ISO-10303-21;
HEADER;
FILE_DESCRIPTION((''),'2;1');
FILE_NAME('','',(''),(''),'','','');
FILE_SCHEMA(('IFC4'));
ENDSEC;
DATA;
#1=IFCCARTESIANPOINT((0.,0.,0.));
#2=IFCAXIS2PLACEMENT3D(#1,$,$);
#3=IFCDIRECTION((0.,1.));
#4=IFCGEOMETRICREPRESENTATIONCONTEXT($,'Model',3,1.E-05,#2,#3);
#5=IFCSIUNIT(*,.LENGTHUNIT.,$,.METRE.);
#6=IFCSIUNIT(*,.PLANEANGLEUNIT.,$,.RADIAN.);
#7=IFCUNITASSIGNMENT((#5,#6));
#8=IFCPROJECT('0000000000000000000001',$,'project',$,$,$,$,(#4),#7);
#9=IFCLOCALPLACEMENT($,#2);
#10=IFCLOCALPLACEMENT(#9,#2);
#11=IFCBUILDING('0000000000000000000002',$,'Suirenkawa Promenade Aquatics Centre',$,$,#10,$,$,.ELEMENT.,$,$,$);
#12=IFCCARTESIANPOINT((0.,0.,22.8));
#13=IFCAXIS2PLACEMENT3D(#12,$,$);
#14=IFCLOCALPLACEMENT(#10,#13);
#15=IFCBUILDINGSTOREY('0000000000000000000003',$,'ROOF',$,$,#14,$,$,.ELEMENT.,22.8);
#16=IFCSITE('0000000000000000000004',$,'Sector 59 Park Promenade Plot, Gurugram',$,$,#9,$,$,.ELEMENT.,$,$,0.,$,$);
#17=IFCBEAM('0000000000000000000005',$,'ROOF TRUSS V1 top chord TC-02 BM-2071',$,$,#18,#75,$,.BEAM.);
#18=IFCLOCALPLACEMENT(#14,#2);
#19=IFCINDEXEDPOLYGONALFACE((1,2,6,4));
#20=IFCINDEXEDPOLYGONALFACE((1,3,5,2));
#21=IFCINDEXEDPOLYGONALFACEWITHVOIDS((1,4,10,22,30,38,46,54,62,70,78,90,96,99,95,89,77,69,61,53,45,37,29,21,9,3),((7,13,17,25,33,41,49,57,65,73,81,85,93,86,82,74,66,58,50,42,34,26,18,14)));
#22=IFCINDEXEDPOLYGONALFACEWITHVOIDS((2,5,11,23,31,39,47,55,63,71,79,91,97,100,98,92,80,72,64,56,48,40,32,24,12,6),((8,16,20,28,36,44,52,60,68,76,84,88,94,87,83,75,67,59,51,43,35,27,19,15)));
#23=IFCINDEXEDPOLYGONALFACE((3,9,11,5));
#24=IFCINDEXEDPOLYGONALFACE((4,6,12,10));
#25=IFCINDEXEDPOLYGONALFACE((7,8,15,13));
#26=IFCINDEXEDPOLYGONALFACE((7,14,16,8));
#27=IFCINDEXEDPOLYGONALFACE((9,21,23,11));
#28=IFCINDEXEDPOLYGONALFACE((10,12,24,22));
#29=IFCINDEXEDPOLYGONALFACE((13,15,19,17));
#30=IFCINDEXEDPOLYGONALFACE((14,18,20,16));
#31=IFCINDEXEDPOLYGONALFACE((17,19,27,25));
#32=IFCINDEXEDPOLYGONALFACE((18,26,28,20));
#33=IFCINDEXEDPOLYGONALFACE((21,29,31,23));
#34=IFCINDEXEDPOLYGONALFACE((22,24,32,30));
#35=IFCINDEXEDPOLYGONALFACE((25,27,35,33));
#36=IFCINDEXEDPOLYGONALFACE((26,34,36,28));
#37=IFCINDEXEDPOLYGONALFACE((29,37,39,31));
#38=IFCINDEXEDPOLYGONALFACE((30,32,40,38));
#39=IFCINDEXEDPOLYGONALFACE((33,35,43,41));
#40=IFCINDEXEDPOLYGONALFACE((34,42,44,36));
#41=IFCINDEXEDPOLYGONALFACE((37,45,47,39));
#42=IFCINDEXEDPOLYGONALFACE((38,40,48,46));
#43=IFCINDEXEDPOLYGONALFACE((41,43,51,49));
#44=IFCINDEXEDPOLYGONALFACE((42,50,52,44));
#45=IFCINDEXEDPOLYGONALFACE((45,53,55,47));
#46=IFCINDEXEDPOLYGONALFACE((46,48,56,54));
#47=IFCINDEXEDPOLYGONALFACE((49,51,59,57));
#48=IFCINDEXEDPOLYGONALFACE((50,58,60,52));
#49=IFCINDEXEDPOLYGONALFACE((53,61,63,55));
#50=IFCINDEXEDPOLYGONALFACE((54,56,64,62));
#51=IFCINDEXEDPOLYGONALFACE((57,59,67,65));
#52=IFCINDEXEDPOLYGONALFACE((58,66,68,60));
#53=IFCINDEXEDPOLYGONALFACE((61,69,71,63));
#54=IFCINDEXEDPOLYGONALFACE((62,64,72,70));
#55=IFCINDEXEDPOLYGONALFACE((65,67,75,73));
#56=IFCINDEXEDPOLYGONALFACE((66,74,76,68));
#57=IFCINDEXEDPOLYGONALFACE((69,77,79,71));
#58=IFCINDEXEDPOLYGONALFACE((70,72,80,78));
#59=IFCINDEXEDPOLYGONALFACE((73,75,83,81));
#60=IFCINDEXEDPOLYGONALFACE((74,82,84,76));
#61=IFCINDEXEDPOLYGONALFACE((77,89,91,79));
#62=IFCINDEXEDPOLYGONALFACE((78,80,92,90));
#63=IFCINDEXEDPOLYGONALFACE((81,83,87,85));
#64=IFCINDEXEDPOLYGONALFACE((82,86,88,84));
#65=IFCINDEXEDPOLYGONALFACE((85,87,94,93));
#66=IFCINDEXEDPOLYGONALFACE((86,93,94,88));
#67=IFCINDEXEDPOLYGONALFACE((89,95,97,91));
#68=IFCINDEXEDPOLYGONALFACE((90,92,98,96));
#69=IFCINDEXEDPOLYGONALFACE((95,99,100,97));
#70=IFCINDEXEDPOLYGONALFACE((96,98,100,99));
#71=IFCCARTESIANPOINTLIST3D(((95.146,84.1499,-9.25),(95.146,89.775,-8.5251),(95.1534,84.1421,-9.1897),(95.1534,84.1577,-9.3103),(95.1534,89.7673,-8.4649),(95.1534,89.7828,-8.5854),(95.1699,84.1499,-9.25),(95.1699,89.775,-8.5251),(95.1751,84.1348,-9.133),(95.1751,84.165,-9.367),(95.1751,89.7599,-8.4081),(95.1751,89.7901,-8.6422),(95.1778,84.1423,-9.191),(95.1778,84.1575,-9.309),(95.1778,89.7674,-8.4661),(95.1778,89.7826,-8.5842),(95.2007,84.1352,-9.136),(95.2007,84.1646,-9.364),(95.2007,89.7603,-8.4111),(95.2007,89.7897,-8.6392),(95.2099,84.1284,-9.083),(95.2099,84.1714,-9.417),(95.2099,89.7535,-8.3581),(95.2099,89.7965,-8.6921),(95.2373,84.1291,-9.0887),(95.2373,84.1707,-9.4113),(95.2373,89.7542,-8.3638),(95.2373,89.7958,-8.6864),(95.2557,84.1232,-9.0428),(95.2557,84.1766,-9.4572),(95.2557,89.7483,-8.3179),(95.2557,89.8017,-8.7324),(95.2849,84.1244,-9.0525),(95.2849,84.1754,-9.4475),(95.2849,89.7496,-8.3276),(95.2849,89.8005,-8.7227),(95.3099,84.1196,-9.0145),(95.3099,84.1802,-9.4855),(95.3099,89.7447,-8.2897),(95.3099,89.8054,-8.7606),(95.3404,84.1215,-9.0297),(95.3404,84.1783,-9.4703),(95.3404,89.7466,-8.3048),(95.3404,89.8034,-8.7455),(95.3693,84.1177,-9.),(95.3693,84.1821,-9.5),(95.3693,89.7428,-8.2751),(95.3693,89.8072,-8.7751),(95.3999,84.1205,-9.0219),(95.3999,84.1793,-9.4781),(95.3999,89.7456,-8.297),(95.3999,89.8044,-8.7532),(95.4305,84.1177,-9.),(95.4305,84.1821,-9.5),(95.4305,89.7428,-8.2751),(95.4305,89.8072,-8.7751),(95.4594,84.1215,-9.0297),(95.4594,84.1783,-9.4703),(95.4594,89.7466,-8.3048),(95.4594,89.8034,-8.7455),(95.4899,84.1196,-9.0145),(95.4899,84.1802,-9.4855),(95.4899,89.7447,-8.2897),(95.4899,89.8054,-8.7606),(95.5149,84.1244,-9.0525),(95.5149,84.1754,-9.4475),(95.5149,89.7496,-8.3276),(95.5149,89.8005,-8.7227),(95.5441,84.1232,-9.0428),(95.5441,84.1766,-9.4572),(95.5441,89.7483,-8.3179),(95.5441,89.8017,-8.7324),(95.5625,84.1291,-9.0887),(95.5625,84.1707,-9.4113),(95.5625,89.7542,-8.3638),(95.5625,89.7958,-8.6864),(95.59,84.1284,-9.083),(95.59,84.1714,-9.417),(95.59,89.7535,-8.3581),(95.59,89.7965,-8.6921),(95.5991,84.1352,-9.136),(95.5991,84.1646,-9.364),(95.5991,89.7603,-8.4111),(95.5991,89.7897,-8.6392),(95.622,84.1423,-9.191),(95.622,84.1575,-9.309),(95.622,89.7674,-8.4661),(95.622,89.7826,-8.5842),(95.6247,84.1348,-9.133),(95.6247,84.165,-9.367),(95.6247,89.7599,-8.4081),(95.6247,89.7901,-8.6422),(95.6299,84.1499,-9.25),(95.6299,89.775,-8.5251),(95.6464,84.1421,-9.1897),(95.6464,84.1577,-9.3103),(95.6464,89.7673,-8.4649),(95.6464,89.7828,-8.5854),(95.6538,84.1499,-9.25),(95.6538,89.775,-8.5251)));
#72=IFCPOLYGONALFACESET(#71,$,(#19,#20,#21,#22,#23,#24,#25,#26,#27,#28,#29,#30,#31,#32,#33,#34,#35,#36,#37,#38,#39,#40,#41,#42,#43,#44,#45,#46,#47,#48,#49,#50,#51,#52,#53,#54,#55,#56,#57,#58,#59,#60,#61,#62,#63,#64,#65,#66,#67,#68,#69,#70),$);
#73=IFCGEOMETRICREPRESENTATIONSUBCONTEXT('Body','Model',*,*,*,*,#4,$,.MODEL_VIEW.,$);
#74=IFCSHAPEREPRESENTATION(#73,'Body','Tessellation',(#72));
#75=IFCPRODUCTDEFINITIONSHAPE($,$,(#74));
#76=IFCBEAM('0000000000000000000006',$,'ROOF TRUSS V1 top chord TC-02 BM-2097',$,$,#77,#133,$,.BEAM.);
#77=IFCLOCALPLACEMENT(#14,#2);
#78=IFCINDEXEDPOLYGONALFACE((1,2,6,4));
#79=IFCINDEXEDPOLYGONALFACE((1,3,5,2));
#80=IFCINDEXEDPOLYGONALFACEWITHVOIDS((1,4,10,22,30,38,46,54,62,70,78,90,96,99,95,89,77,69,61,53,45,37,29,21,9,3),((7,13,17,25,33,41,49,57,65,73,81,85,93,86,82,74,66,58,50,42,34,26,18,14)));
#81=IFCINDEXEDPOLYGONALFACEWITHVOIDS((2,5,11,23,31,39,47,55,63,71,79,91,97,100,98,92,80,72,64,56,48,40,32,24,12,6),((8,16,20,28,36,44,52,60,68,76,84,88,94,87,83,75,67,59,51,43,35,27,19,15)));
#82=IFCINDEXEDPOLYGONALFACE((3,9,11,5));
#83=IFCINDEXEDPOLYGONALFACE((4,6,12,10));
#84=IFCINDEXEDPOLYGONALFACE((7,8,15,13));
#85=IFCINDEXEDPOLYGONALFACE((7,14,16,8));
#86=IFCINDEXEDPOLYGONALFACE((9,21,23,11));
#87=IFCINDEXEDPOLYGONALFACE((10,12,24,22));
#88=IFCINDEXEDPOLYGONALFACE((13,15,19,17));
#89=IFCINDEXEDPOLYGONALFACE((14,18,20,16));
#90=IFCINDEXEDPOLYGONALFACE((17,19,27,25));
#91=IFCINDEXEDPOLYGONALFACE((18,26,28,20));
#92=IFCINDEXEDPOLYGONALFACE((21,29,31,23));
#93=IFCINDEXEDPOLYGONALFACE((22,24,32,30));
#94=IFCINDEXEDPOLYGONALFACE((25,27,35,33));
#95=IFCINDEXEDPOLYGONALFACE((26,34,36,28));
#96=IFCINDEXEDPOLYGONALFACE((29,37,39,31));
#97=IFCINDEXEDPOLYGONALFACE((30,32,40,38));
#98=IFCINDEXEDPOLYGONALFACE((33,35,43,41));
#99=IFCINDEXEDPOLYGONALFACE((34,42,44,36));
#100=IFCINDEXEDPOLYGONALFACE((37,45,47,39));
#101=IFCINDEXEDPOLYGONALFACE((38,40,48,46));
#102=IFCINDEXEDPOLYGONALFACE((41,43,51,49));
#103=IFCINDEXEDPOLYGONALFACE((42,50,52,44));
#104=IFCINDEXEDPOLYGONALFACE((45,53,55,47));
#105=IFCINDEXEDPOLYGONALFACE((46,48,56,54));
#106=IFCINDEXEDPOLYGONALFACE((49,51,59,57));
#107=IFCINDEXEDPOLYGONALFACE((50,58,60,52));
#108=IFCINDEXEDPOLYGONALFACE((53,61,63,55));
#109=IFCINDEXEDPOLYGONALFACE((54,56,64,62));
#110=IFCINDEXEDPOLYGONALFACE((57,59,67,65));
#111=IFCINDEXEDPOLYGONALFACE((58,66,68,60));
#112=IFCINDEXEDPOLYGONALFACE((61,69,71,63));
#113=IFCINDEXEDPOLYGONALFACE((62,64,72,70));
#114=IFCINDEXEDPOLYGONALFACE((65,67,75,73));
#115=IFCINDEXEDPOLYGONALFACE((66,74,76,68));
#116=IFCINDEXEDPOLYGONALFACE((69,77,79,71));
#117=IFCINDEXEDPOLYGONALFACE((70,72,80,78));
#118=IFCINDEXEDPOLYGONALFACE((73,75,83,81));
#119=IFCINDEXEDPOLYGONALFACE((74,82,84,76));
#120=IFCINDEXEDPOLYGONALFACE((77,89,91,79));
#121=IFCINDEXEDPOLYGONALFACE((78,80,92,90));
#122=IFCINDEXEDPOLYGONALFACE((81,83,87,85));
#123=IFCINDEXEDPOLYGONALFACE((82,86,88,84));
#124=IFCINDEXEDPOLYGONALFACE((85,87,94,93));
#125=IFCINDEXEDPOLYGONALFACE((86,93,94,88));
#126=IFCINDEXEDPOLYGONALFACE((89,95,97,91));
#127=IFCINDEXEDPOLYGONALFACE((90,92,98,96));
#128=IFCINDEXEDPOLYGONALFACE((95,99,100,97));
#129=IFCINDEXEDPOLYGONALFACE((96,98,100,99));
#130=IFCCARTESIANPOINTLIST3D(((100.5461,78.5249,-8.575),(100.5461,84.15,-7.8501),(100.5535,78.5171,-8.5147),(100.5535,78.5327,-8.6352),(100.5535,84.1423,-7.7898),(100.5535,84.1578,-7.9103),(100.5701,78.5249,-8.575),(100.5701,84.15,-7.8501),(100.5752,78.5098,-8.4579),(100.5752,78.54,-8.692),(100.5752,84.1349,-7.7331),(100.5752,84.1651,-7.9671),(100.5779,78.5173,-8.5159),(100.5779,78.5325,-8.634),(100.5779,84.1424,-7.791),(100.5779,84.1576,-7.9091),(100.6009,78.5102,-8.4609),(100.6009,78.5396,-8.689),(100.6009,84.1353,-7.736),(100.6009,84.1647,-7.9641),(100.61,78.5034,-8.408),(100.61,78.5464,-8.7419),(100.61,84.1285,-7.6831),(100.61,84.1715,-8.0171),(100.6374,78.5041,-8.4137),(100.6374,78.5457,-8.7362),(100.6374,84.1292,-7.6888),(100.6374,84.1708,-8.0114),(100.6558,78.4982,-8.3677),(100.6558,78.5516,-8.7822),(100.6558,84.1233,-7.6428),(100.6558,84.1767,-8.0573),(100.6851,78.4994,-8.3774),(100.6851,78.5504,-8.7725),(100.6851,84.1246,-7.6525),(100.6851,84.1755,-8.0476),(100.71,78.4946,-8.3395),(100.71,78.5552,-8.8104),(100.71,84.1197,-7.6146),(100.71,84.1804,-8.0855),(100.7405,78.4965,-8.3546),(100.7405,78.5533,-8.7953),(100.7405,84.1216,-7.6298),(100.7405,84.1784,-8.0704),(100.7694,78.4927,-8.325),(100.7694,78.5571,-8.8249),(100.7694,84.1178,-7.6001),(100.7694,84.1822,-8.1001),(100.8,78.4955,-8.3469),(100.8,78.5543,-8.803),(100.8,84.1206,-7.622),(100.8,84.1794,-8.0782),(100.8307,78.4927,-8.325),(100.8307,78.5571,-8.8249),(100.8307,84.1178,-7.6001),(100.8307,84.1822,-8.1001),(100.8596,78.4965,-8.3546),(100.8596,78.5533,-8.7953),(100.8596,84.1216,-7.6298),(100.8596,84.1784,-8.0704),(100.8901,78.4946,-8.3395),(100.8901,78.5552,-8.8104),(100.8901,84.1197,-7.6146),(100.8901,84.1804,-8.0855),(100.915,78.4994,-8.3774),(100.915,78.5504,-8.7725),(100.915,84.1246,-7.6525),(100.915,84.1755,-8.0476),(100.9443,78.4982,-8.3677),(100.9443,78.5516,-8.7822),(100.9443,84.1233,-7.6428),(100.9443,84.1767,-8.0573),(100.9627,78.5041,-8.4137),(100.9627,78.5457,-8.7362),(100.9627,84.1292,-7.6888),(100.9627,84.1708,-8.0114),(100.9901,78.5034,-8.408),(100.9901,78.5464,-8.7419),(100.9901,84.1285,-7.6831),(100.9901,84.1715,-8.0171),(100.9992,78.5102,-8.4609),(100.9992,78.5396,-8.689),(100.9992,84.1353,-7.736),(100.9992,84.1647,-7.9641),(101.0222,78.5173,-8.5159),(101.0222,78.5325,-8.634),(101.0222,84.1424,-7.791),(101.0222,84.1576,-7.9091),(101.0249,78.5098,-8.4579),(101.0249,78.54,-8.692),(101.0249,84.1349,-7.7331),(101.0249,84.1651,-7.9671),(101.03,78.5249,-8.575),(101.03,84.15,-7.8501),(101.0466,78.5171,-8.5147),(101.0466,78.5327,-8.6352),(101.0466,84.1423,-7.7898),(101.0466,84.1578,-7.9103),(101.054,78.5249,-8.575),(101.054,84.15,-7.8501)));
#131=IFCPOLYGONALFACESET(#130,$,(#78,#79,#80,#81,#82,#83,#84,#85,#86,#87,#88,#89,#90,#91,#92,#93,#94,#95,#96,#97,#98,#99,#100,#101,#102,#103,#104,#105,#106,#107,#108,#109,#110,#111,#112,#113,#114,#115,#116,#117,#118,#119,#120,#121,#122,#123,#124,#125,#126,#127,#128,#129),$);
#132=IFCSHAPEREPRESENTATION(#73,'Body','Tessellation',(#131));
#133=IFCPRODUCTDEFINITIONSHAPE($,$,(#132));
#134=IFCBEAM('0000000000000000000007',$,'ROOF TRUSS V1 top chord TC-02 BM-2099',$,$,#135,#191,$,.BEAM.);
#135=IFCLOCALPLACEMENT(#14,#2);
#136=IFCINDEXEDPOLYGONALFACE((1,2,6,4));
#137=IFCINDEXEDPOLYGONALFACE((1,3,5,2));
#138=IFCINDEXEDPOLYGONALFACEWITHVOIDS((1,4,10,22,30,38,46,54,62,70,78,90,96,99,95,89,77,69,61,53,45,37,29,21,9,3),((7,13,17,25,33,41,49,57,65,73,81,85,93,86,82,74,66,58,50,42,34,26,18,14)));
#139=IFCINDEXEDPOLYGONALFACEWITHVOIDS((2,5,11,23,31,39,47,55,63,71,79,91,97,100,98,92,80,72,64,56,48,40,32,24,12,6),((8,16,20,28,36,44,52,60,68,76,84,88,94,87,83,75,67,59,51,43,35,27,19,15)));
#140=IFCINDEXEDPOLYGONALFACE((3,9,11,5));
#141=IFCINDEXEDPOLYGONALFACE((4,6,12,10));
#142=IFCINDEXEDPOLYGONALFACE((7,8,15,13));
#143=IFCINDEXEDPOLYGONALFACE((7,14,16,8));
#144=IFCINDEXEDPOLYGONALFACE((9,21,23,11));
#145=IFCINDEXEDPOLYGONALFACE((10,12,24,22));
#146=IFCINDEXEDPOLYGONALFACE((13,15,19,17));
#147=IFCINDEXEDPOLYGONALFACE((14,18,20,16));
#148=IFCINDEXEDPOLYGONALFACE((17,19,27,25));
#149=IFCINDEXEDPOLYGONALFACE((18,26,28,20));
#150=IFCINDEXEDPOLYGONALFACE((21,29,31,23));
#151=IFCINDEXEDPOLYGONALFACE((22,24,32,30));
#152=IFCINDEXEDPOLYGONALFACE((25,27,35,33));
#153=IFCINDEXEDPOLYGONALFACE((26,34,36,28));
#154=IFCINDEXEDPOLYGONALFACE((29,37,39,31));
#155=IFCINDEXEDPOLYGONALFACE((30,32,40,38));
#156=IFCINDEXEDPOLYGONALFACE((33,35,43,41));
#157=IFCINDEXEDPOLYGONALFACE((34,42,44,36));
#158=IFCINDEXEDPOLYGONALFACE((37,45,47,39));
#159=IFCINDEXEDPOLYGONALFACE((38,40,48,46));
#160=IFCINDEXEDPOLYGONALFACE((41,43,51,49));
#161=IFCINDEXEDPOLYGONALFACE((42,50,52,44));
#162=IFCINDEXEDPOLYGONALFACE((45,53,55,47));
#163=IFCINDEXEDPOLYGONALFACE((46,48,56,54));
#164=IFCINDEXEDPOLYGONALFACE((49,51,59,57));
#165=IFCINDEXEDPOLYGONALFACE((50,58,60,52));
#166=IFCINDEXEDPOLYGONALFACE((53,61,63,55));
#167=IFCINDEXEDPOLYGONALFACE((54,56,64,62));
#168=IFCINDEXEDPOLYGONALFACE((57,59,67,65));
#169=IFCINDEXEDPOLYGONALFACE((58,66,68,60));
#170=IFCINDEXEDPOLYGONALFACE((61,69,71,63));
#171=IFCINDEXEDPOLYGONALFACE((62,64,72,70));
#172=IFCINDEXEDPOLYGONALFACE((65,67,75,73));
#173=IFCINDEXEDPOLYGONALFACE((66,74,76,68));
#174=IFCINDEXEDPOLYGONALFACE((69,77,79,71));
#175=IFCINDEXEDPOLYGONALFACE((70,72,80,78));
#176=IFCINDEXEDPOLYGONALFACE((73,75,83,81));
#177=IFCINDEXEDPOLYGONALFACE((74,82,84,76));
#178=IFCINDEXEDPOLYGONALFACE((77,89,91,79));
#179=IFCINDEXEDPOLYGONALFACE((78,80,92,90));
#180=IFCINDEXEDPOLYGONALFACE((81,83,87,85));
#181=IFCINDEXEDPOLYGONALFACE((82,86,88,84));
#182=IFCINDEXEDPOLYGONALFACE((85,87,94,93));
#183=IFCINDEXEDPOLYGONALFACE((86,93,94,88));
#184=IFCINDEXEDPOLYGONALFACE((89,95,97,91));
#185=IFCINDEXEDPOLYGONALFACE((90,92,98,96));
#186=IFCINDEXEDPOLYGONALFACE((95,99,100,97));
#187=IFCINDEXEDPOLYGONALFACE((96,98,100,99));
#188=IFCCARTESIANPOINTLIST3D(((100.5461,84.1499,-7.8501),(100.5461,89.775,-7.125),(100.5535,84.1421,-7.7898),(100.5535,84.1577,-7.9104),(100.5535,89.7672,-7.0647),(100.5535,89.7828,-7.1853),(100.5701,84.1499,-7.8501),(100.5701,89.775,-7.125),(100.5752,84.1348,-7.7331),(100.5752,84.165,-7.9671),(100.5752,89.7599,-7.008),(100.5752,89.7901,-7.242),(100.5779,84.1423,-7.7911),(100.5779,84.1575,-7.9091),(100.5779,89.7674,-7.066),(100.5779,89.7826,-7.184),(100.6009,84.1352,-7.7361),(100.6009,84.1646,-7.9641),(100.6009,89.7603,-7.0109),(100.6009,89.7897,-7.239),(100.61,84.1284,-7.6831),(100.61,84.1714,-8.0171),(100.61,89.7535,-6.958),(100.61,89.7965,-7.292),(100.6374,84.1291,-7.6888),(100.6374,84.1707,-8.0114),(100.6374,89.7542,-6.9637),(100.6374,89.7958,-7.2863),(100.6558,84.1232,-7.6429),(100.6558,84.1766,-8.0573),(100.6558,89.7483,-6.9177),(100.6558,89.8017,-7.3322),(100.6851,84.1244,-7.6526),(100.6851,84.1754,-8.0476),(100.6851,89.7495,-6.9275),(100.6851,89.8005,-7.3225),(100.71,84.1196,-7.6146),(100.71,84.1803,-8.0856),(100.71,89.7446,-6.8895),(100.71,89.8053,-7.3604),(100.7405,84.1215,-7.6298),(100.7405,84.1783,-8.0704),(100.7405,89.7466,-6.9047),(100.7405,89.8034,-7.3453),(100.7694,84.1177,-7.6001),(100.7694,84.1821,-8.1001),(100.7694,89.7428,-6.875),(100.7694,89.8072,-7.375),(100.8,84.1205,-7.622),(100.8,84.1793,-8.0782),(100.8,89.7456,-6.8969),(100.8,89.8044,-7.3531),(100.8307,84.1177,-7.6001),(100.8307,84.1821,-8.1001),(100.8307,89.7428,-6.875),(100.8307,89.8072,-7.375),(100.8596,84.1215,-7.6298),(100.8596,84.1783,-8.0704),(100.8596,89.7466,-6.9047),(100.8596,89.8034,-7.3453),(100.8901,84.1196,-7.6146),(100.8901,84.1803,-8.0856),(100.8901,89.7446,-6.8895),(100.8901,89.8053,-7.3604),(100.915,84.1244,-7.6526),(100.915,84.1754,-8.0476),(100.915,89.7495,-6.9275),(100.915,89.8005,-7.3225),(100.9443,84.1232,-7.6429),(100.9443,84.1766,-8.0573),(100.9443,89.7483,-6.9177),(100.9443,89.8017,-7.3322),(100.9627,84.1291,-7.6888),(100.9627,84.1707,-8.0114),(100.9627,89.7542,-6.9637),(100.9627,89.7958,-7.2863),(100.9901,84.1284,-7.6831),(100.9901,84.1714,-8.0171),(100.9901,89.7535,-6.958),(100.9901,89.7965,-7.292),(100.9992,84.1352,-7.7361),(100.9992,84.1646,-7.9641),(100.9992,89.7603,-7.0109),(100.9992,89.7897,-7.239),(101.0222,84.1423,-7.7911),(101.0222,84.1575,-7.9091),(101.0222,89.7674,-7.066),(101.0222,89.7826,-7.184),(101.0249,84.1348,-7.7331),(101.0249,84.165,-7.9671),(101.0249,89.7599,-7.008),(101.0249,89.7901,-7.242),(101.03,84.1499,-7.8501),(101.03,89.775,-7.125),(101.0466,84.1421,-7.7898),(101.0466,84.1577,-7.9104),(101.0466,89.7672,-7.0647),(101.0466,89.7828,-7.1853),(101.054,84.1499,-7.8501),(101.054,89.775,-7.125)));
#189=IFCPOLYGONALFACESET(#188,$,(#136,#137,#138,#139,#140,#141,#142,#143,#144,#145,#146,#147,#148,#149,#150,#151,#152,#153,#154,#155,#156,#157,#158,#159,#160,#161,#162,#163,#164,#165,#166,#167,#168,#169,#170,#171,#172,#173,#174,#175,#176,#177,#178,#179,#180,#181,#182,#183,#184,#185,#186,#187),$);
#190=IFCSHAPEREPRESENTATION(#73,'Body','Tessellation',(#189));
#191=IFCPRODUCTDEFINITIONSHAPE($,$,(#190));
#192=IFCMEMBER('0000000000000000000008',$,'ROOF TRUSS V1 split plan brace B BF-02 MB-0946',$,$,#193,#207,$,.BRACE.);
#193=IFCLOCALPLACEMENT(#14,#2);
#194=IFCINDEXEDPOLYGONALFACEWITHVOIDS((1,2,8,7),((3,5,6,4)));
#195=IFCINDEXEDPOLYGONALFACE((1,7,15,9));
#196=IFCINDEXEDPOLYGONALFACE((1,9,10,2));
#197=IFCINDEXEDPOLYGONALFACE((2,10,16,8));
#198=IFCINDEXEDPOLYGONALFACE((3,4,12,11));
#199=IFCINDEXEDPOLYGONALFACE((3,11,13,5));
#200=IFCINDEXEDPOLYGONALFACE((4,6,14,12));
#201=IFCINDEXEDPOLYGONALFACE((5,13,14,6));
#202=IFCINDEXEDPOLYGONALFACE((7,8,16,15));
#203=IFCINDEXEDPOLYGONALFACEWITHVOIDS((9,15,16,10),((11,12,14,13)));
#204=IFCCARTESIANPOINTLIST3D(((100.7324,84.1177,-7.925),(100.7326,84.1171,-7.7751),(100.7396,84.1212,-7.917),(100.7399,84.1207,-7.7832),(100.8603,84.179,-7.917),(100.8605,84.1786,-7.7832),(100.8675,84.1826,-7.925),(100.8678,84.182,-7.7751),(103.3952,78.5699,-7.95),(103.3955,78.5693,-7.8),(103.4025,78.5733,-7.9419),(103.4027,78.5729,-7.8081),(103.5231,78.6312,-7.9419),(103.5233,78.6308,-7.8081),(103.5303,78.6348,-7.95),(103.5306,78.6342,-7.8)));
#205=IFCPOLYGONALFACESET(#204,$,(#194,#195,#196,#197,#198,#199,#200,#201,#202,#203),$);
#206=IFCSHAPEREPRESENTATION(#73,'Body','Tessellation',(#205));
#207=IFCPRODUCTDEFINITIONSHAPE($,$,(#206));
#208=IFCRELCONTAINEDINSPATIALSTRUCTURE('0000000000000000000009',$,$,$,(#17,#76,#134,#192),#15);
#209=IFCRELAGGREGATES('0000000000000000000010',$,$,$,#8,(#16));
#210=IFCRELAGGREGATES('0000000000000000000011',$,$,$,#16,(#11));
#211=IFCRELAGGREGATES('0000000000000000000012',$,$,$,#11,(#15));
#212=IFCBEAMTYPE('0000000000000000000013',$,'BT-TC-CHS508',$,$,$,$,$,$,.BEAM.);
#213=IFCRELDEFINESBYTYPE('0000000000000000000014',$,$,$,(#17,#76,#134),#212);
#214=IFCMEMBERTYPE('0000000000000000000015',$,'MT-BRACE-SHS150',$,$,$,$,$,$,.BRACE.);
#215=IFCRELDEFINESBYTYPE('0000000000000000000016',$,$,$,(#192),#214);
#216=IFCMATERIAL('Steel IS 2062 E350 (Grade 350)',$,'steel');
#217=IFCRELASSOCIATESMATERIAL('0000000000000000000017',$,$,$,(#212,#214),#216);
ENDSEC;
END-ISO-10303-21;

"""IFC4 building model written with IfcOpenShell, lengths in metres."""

from ifc_helpers import new_model, si_unit, direction, frame, origin, origin_2d, place, context, subcontext, project, spatial, hollow_rectangle, hollow_circle, extrude, material, material_profile, profile_set, type_object, element, save


model = new_model("IFC4")

# Units and contexts
model_context = context("Model", 3, precision=1e-05, world=origin(), true_north=direction((0.0, 1.0)))
body_context = subcontext(model_context, "Body", "Model", "MODEL_VIEW")
ifc_project = project(units=[si_unit("LENGTHUNIT", "METRE"), si_unit("PLANEANGLEUNIT", "RADIAN")], contexts=[model_context])

# Site, building, storey
site_placement = place(None, origin())
site = spatial("IfcSite", under=ifc_project, at=site_placement, Name="Sector 59 Park Promenade Plot, Gurugram", CompositionType="ELEMENT", RefElevation=0.0)
building_placement = place(site_placement, origin())
building = spatial("IfcBuilding", under=site, at=building_placement, Name="Suirenkawa Promenade Aquatics Centre", CompositionType="ELEMENT")
storey_placement = place(building_placement, frame((0.0, 0.0, 22.8)))
storey = spatial("IfcBuildingStorey", under=building, at=storey_placement, Name="ROOF", CompositionType="ELEMENT", Elevation=22.8)

# Beams
ifc_material = material(Name="Steel IS 2062 E350 (Grade 350)", Category="steel")
ifc_material_profile_1 = material_profile(ifc_material, hollow_circle(Radius=0.2539, WallThickness=0.0239, at=origin_2d()), Name="CHS 508x24", Category="steel")
ifc_profile_set_1 = profile_set([ifc_material_profile_1], Name="Steel IS 2062 E350 (Grade 350)")
beam_type_1 = type_object("IfcBeamType", Name="BT-TC-CHS508", PredefinedType="BEAM", material=ifc_profile_set_1)
for number, where, z_axis, x_axis, name in (
    (1, (95.3999, 84.1499, -9.25), (0.0, 0.991799, 0.127806), (-1.0, 0.0, 0.0), "ROOF TRUSS V1 top chord TC-02 BM-2071"),
    (2, (100.8, 78.5249, -8.575), (0.0, 0.991799, 0.127806), (-1.0, 0.0, 0.0), "ROOF TRUSS V1 top chord TC-02 BM-2097"),
    (3, (100.8, 84.1499, -7.8501), (0.0, 0.991794, 0.127848), (-1.0, 0.0, 0.0), "ROOF TRUSS V1 top chord TC-02 BM-2099"),
):
    element("IfcBeam", number, at=place(storey_placement, frame(where, z_axis=z_axis, x_axis=x_axis)), inside=storey, type_object=beam_type_1, Name=name, PredefinedType="BEAM", context=body_context, shape_type="SweptSolid", body=[
        extrude(hollow_circle(Radius=0.2539, WallThickness=0.0239, at=origin_2d()), origin(), (0.0, 0.0, 1.0), 5.6716),
    ])

# Member
ifc_material_profile_2 = material_profile(ifc_material, hollow_rectangle(XDim=0.1499, YDim=0.1499, WallThickness=0.0081, at=origin_2d()), Name="SHS 150x150x8", Category="steel")
ifc_profile_set_2 = profile_set([ifc_material_profile_2], Name="Steel IS 2062 E350 (Grade 350)")
member_type_1 = type_object("IfcMemberType", Name="MT-BRACE-SHS150", PredefinedType="BRACE", material=ifc_profile_set_2)
member_1_placement = place(storey_placement, frame((103.4629, 78.6021, -7.875), z_axis=(-0.432711, 0.901524, 0.004047), x_axis=(-0.901531, -0.432714, 0.0)))
element("IfcMember", 4, at=member_1_placement, inside=storey, type_object=member_type_1, Name="ROOF TRUSS V1 split plan brace B BF-02 MB-0946", PredefinedType="BRACE", context=body_context, shape_type="SweptSolid", body=[
    extrude(hollow_rectangle(XDim=0.1499, YDim=0.1499, WallThickness=0.0081, at=origin_2d()), origin(), (0.0, 0.0, 1.0), 6.1538),
])

save(model, "model.ifc")
